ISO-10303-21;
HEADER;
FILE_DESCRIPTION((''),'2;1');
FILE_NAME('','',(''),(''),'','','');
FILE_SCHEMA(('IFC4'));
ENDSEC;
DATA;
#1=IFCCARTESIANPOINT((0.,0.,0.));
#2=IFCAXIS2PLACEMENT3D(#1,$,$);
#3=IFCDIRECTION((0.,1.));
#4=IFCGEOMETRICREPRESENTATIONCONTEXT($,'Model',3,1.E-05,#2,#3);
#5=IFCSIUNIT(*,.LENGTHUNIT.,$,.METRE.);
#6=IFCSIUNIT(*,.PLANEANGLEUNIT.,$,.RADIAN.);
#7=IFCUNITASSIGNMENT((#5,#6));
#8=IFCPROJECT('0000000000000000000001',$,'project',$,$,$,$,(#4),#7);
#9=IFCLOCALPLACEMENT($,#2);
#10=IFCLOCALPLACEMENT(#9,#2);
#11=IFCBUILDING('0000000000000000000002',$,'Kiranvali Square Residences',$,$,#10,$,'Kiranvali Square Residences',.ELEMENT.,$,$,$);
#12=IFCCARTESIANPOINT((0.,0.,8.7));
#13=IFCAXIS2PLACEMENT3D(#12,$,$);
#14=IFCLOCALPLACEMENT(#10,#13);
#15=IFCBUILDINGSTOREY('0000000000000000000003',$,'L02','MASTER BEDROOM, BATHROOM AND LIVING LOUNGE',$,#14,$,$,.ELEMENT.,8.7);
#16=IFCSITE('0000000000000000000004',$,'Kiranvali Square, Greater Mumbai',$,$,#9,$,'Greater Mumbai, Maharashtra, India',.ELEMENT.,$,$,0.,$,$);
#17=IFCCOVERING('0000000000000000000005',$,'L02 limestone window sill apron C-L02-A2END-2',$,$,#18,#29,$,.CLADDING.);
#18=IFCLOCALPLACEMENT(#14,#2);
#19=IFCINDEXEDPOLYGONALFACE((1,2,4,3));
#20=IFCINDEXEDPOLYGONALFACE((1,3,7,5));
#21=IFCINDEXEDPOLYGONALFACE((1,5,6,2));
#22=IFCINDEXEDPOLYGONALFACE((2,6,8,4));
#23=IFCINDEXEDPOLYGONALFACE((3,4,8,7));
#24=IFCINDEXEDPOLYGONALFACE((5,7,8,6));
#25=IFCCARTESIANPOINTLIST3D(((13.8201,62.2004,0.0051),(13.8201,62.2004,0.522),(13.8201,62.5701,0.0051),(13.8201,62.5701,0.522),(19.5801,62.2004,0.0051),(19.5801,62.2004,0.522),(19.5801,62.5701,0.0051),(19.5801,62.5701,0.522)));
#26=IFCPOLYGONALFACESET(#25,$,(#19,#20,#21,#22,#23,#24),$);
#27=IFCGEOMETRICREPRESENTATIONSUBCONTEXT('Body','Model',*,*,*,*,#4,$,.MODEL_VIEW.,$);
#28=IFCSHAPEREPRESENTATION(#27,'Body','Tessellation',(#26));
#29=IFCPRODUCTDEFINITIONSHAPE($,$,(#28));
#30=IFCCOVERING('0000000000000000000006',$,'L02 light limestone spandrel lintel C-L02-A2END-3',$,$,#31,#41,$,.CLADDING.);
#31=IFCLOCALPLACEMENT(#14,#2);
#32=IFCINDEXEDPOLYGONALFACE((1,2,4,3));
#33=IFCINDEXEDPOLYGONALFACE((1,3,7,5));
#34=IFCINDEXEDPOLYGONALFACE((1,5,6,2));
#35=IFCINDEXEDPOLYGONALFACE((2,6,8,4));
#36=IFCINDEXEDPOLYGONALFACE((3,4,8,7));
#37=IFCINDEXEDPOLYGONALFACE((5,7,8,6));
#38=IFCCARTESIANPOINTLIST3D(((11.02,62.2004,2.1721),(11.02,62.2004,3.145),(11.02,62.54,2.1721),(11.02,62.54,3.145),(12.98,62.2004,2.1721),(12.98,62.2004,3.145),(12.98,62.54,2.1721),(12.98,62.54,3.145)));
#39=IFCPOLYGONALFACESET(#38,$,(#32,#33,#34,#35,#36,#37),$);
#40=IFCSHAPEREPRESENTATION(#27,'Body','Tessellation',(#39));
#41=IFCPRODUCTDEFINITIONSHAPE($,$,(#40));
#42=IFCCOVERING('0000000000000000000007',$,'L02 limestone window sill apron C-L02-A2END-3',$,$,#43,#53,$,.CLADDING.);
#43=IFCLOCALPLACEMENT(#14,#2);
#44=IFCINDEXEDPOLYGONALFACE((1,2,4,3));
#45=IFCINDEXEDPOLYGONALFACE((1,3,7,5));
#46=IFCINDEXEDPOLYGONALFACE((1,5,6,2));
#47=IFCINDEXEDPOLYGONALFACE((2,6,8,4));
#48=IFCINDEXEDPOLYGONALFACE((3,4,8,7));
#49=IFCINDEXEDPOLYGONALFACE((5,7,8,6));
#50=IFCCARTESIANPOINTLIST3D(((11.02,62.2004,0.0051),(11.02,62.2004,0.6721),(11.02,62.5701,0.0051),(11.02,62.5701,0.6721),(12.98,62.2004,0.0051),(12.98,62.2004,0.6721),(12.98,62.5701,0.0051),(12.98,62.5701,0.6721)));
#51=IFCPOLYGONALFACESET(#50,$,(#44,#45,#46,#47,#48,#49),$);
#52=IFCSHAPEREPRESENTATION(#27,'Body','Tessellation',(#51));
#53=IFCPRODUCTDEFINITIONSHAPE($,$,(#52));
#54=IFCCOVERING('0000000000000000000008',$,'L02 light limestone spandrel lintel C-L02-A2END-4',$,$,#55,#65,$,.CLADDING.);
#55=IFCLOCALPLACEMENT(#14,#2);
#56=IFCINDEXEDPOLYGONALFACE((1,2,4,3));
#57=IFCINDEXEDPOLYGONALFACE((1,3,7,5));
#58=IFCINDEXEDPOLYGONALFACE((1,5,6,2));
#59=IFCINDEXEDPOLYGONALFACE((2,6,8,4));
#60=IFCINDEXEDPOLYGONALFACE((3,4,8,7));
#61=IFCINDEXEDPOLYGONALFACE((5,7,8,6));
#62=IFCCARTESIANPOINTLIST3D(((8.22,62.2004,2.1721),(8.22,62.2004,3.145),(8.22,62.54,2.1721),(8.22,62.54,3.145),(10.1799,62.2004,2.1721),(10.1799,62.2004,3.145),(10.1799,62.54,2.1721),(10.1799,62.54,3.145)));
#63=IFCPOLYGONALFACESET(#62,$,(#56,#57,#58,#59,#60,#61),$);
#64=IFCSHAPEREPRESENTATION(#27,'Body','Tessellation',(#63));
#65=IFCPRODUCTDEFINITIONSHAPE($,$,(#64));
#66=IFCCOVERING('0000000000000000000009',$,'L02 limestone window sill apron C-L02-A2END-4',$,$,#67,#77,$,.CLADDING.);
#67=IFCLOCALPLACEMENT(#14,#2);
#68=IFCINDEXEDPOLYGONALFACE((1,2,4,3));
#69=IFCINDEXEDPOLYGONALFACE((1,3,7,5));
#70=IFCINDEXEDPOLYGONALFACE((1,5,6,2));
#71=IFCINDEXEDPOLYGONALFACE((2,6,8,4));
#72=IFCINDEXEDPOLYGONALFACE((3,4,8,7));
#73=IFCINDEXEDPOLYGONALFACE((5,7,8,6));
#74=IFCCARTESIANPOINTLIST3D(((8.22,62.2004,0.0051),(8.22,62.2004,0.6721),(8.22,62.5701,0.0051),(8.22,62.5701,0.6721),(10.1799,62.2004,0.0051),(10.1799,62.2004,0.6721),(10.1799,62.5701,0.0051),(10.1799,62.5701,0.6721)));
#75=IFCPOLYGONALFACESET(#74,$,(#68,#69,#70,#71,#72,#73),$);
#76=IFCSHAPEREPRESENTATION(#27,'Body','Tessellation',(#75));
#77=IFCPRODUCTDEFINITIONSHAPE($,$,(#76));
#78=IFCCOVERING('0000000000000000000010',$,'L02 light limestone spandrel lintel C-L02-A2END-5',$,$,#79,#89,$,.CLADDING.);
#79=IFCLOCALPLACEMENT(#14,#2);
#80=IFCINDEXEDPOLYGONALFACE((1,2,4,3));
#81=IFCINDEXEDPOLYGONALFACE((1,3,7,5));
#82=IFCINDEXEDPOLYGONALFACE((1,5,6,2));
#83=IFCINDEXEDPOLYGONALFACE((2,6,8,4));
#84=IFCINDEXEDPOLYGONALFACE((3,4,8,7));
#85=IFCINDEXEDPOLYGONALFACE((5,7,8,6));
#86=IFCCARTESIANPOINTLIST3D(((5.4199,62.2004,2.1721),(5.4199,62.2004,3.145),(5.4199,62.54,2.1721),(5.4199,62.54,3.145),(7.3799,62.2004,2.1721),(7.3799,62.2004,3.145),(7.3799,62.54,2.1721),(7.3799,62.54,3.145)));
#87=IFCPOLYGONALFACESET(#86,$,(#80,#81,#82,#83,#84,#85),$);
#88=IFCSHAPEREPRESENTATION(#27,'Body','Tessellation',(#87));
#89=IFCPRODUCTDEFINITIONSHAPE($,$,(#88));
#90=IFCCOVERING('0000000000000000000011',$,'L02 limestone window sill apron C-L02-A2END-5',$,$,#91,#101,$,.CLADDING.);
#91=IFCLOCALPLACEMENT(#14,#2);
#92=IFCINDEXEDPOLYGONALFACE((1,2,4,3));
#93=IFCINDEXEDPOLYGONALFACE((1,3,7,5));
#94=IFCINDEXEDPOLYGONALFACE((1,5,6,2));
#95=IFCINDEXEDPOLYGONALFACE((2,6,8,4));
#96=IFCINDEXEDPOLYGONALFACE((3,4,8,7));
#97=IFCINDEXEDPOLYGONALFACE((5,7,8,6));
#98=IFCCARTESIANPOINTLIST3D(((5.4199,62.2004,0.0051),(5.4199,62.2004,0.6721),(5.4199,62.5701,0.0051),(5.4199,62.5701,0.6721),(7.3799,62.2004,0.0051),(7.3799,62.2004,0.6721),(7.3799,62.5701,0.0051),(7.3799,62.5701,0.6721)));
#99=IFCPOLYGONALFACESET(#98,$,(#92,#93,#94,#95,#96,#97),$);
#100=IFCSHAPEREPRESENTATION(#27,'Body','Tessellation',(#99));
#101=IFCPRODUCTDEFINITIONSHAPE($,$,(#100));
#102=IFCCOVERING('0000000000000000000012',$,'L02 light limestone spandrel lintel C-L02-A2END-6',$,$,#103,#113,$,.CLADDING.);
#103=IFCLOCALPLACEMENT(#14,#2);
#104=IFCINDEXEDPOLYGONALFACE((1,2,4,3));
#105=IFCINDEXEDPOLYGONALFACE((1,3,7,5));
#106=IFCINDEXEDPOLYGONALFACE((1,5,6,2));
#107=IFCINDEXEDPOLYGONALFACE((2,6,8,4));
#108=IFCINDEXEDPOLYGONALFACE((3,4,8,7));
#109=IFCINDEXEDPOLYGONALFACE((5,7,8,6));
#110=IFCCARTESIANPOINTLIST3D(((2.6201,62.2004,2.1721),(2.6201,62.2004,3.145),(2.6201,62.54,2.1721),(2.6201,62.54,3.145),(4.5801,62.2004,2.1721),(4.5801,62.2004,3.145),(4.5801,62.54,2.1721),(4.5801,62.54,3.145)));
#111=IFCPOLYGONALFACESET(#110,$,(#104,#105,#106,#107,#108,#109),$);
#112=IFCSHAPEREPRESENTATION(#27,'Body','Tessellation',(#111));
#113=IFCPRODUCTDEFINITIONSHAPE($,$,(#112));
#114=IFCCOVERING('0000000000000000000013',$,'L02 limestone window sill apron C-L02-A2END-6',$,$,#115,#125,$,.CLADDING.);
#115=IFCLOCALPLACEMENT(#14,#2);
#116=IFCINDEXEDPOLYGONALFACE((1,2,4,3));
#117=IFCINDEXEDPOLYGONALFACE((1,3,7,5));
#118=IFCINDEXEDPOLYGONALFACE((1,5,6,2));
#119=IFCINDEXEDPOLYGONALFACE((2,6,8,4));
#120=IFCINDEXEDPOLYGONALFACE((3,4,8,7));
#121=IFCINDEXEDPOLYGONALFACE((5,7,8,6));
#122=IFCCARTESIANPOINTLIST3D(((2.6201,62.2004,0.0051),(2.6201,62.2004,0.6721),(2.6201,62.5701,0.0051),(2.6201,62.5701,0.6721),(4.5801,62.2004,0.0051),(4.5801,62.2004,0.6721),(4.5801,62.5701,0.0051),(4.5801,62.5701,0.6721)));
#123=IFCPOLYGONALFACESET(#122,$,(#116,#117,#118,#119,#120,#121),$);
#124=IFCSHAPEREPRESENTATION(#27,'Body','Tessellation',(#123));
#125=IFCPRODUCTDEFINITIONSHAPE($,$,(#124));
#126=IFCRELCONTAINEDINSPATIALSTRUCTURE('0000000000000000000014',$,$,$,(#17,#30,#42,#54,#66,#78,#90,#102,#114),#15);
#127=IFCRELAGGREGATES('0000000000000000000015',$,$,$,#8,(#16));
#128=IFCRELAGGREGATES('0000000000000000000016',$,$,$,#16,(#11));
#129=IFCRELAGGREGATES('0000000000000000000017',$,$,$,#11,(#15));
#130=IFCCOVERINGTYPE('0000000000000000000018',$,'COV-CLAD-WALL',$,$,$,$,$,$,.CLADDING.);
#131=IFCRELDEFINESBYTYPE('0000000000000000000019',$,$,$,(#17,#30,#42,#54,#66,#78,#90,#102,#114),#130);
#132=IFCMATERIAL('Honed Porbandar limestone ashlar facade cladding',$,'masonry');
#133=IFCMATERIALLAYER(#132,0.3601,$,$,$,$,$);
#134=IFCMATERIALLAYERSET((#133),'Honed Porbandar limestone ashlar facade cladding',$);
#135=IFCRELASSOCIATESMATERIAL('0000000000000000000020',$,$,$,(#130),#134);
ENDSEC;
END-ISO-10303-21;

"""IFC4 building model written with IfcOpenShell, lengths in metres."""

from ifc_helpers import new_model, si_unit, direction, frame, origin, place, context, subcontext, project, spatial, polyline, outline, extrude, material, layer, layer_set, type_object, element, save


model = new_model("IFC4")

# Units and contexts
model_context = context("Model", 3, precision=1e-05, world=origin(), true_north=direction((0.0, 1.0)))
body_context = subcontext(model_context, "Body", "Model", "MODEL_VIEW")
ifc_project = project(units=[si_unit("LENGTHUNIT", "METRE"), si_unit("PLANEANGLEUNIT", "RADIAN")], contexts=[model_context])

# Site, building, storey
site_placement = place(None, origin())
site = spatial("IfcSite", under=ifc_project, at=site_placement, Name="Kiranvali Square, Greater Mumbai", LongName="Greater Mumbai, Maharashtra, India", CompositionType="ELEMENT", RefElevation=0.0)
building_placement = place(site_placement, origin())
building = spatial("IfcBuilding", under=site, at=building_placement, Name="Kiranvali Square Residences", LongName="Kiranvali Square Residences", CompositionType="ELEMENT")
storey_placement = place(building_placement, frame((0.0, 0.0, 8.7)))
storey = spatial("IfcBuildingStorey", under=building, at=storey_placement, Name="L02", Description="MASTER BEDROOM, BATHROOM AND LIVING LOUNGE", CompositionType="ELEMENT", Elevation=8.7)

# Coverings
ifc_material_1 = material(Name="Honed Porbandar limestone ashlar facade cladding", Category="masonry")
ifc_layer_1 = layer(ifc_material_1, 0.3601)
ifc_layer_set_1 = layer_set([ifc_layer_1], Name="Honed Porbandar limestone ashlar facade cladding")
covering_type_1 = type_object("IfcCoveringType", Name="COV-CLAD-WALL", PredefinedType="CLADDING", material=ifc_layer_set_1)
covering_1_placement = place(storey_placement, frame((0.0, 0.0, 0.0051)))
element("IfcCovering", 1, at=covering_1_placement, inside=storey, type_object=covering_type_1, Name="L02 limestone window sill apron C-L02-A2END-2", PredefinedType="CLADDING", context=body_context, shape_type="SweptSolid", body=[
    extrude(outline(polyline([(19.5801, 62.5701), (13.8201, 62.5701), (13.8201, 62.2004), (19.5801, 62.2004), (19.5801, 62.5701)])), origin(), (0.0, 0.0, 1.0), 0.5168),
])
covering_2_placement = place(storey_placement, frame((0.0, 0.0, 2.1721)))
element("IfcCovering", 2, at=covering_2_placement, inside=storey, type_object=covering_type_1, Name="L02 light limestone spandrel lintel C-L02-A2END-3", PredefinedType="CLADDING", context=body_context, shape_type="SweptSolid", body=[
    extrude(outline(polyline([(12.98, 62.54), (11.02, 62.54), (11.02, 62.2004), (12.98, 62.2004), (12.98, 62.54)])), origin(), (0.0, 0.0, 1.0), 0.9729),
])
covering_3_placement = place(storey_placement, frame((0.0, 0.0, 0.0051)))
element("IfcCovering", 3, at=covering_3_placement, inside=storey, type_object=covering_type_1, Name="L02 limestone window sill apron C-L02-A2END-3", PredefinedType="CLADDING", context=body_context, shape_type="SweptSolid", body=[
    extrude(outline(polyline([(12.98, 62.5701), (11.02, 62.5701), (11.02, 62.2004), (12.98, 62.2004), (12.98, 62.5701)])), origin(), (0.0, 0.0, 1.0), 0.667),
])
covering_4_placement = place(storey_placement, frame((0.0, 0.0, 2.1721)))
element("IfcCovering", 4, at=covering_4_placement, inside=storey, type_object=covering_type_1, Name="L02 light limestone spandrel lintel C-L02-A2END-4", PredefinedType="CLADDING", context=body_context, shape_type="SweptSolid", body=[
    extrude(outline(polyline([(10.1799, 62.54), (8.22, 62.54), (8.22, 62.2004), (10.1799, 62.2004), (10.1799, 62.54)])), origin(), (0.0, 0.0, 1.0), 0.9729),
])
covering_5_placement = place(storey_placement, frame((0.0, 0.0, 0.0051)))
element("IfcCovering", 5, at=covering_5_placement, inside=storey, type_object=covering_type_1, Name="L02 limestone window sill apron C-L02-A2END-4", PredefinedType="CLADDING", context=body_context, shape_type="SweptSolid", body=[
    extrude(outline(polyline([(10.1799, 62.5701), (8.22, 62.5701), (8.22, 62.2004), (10.1799, 62.2004), (10.1799, 62.5701)])), origin(), (0.0, 0.0, 1.0), 0.667),
])
covering_6_placement = place(storey_placement, frame((0.0, 0.0, 2.1721)))
element("IfcCovering", 6, at=covering_6_placement, inside=storey, type_object=covering_type_1, Name="L02 light limestone spandrel lintel C-L02-A2END-5", PredefinedType="CLADDING", context=body_context, shape_type="SweptSolid", body=[
    extrude(outline(polyline([(7.3799, 62.54), (5.4199, 62.54), (5.4199, 62.2004), (7.3799, 62.2004), (7.3799, 62.54)])), origin(), (0.0, 0.0, 1.0), 0.9729),
])
covering_7_placement = place(storey_placement, frame((0.0, 0.0, 0.0051)))
element("IfcCovering", 7, at=covering_7_placement, inside=storey, type_object=covering_type_1, Name="L02 limestone window sill apron C-L02-A2END-5", PredefinedType="CLADDING", context=body_context, shape_type="SweptSolid", body=[
    extrude(outline(polyline([(7.3799, 62.5701), (5.4199, 62.5701), (5.4199, 62.2004), (7.3799, 62.2004), (7.3799, 62.5701)])), origin(), (0.0, 0.0, 1.0), 0.667),
])
covering_8_placement = place(storey_placement, frame((0.0, 0.0, 2.1721)))
element("IfcCovering", 8, at=covering_8_placement, inside=storey, type_object=covering_type_1, Name="L02 light limestone spandrel lintel C-L02-A2END-6", PredefinedType="CLADDING", context=body_context, shape_type="SweptSolid", body=[
    extrude(outline(polyline([(4.5801, 62.54), (2.6201, 62.54), (2.6201, 62.2004), (4.5801, 62.2004), (4.5801, 62.54)])), origin(), (0.0, 0.0, 1.0), 0.9729),
])
covering_9_placement = place(storey_placement, frame((0.0, 0.0, 0.0051)))
element("IfcCovering", 9, at=covering_9_placement, inside=storey, type_object=covering_type_1, Name="L02 limestone window sill apron C-L02-A2END-6", PredefinedType="CLADDING", context=body_context, shape_type="SweptSolid", body=[
    extrude(outline(polyline([(4.5801, 62.5701), (2.6201, 62.5701), (2.6201, 62.2004), (4.5801, 62.2004), (4.5801, 62.5701)])), origin(), (0.0, 0.0, 1.0), 0.667),
])

save(model, "model.ifc")
